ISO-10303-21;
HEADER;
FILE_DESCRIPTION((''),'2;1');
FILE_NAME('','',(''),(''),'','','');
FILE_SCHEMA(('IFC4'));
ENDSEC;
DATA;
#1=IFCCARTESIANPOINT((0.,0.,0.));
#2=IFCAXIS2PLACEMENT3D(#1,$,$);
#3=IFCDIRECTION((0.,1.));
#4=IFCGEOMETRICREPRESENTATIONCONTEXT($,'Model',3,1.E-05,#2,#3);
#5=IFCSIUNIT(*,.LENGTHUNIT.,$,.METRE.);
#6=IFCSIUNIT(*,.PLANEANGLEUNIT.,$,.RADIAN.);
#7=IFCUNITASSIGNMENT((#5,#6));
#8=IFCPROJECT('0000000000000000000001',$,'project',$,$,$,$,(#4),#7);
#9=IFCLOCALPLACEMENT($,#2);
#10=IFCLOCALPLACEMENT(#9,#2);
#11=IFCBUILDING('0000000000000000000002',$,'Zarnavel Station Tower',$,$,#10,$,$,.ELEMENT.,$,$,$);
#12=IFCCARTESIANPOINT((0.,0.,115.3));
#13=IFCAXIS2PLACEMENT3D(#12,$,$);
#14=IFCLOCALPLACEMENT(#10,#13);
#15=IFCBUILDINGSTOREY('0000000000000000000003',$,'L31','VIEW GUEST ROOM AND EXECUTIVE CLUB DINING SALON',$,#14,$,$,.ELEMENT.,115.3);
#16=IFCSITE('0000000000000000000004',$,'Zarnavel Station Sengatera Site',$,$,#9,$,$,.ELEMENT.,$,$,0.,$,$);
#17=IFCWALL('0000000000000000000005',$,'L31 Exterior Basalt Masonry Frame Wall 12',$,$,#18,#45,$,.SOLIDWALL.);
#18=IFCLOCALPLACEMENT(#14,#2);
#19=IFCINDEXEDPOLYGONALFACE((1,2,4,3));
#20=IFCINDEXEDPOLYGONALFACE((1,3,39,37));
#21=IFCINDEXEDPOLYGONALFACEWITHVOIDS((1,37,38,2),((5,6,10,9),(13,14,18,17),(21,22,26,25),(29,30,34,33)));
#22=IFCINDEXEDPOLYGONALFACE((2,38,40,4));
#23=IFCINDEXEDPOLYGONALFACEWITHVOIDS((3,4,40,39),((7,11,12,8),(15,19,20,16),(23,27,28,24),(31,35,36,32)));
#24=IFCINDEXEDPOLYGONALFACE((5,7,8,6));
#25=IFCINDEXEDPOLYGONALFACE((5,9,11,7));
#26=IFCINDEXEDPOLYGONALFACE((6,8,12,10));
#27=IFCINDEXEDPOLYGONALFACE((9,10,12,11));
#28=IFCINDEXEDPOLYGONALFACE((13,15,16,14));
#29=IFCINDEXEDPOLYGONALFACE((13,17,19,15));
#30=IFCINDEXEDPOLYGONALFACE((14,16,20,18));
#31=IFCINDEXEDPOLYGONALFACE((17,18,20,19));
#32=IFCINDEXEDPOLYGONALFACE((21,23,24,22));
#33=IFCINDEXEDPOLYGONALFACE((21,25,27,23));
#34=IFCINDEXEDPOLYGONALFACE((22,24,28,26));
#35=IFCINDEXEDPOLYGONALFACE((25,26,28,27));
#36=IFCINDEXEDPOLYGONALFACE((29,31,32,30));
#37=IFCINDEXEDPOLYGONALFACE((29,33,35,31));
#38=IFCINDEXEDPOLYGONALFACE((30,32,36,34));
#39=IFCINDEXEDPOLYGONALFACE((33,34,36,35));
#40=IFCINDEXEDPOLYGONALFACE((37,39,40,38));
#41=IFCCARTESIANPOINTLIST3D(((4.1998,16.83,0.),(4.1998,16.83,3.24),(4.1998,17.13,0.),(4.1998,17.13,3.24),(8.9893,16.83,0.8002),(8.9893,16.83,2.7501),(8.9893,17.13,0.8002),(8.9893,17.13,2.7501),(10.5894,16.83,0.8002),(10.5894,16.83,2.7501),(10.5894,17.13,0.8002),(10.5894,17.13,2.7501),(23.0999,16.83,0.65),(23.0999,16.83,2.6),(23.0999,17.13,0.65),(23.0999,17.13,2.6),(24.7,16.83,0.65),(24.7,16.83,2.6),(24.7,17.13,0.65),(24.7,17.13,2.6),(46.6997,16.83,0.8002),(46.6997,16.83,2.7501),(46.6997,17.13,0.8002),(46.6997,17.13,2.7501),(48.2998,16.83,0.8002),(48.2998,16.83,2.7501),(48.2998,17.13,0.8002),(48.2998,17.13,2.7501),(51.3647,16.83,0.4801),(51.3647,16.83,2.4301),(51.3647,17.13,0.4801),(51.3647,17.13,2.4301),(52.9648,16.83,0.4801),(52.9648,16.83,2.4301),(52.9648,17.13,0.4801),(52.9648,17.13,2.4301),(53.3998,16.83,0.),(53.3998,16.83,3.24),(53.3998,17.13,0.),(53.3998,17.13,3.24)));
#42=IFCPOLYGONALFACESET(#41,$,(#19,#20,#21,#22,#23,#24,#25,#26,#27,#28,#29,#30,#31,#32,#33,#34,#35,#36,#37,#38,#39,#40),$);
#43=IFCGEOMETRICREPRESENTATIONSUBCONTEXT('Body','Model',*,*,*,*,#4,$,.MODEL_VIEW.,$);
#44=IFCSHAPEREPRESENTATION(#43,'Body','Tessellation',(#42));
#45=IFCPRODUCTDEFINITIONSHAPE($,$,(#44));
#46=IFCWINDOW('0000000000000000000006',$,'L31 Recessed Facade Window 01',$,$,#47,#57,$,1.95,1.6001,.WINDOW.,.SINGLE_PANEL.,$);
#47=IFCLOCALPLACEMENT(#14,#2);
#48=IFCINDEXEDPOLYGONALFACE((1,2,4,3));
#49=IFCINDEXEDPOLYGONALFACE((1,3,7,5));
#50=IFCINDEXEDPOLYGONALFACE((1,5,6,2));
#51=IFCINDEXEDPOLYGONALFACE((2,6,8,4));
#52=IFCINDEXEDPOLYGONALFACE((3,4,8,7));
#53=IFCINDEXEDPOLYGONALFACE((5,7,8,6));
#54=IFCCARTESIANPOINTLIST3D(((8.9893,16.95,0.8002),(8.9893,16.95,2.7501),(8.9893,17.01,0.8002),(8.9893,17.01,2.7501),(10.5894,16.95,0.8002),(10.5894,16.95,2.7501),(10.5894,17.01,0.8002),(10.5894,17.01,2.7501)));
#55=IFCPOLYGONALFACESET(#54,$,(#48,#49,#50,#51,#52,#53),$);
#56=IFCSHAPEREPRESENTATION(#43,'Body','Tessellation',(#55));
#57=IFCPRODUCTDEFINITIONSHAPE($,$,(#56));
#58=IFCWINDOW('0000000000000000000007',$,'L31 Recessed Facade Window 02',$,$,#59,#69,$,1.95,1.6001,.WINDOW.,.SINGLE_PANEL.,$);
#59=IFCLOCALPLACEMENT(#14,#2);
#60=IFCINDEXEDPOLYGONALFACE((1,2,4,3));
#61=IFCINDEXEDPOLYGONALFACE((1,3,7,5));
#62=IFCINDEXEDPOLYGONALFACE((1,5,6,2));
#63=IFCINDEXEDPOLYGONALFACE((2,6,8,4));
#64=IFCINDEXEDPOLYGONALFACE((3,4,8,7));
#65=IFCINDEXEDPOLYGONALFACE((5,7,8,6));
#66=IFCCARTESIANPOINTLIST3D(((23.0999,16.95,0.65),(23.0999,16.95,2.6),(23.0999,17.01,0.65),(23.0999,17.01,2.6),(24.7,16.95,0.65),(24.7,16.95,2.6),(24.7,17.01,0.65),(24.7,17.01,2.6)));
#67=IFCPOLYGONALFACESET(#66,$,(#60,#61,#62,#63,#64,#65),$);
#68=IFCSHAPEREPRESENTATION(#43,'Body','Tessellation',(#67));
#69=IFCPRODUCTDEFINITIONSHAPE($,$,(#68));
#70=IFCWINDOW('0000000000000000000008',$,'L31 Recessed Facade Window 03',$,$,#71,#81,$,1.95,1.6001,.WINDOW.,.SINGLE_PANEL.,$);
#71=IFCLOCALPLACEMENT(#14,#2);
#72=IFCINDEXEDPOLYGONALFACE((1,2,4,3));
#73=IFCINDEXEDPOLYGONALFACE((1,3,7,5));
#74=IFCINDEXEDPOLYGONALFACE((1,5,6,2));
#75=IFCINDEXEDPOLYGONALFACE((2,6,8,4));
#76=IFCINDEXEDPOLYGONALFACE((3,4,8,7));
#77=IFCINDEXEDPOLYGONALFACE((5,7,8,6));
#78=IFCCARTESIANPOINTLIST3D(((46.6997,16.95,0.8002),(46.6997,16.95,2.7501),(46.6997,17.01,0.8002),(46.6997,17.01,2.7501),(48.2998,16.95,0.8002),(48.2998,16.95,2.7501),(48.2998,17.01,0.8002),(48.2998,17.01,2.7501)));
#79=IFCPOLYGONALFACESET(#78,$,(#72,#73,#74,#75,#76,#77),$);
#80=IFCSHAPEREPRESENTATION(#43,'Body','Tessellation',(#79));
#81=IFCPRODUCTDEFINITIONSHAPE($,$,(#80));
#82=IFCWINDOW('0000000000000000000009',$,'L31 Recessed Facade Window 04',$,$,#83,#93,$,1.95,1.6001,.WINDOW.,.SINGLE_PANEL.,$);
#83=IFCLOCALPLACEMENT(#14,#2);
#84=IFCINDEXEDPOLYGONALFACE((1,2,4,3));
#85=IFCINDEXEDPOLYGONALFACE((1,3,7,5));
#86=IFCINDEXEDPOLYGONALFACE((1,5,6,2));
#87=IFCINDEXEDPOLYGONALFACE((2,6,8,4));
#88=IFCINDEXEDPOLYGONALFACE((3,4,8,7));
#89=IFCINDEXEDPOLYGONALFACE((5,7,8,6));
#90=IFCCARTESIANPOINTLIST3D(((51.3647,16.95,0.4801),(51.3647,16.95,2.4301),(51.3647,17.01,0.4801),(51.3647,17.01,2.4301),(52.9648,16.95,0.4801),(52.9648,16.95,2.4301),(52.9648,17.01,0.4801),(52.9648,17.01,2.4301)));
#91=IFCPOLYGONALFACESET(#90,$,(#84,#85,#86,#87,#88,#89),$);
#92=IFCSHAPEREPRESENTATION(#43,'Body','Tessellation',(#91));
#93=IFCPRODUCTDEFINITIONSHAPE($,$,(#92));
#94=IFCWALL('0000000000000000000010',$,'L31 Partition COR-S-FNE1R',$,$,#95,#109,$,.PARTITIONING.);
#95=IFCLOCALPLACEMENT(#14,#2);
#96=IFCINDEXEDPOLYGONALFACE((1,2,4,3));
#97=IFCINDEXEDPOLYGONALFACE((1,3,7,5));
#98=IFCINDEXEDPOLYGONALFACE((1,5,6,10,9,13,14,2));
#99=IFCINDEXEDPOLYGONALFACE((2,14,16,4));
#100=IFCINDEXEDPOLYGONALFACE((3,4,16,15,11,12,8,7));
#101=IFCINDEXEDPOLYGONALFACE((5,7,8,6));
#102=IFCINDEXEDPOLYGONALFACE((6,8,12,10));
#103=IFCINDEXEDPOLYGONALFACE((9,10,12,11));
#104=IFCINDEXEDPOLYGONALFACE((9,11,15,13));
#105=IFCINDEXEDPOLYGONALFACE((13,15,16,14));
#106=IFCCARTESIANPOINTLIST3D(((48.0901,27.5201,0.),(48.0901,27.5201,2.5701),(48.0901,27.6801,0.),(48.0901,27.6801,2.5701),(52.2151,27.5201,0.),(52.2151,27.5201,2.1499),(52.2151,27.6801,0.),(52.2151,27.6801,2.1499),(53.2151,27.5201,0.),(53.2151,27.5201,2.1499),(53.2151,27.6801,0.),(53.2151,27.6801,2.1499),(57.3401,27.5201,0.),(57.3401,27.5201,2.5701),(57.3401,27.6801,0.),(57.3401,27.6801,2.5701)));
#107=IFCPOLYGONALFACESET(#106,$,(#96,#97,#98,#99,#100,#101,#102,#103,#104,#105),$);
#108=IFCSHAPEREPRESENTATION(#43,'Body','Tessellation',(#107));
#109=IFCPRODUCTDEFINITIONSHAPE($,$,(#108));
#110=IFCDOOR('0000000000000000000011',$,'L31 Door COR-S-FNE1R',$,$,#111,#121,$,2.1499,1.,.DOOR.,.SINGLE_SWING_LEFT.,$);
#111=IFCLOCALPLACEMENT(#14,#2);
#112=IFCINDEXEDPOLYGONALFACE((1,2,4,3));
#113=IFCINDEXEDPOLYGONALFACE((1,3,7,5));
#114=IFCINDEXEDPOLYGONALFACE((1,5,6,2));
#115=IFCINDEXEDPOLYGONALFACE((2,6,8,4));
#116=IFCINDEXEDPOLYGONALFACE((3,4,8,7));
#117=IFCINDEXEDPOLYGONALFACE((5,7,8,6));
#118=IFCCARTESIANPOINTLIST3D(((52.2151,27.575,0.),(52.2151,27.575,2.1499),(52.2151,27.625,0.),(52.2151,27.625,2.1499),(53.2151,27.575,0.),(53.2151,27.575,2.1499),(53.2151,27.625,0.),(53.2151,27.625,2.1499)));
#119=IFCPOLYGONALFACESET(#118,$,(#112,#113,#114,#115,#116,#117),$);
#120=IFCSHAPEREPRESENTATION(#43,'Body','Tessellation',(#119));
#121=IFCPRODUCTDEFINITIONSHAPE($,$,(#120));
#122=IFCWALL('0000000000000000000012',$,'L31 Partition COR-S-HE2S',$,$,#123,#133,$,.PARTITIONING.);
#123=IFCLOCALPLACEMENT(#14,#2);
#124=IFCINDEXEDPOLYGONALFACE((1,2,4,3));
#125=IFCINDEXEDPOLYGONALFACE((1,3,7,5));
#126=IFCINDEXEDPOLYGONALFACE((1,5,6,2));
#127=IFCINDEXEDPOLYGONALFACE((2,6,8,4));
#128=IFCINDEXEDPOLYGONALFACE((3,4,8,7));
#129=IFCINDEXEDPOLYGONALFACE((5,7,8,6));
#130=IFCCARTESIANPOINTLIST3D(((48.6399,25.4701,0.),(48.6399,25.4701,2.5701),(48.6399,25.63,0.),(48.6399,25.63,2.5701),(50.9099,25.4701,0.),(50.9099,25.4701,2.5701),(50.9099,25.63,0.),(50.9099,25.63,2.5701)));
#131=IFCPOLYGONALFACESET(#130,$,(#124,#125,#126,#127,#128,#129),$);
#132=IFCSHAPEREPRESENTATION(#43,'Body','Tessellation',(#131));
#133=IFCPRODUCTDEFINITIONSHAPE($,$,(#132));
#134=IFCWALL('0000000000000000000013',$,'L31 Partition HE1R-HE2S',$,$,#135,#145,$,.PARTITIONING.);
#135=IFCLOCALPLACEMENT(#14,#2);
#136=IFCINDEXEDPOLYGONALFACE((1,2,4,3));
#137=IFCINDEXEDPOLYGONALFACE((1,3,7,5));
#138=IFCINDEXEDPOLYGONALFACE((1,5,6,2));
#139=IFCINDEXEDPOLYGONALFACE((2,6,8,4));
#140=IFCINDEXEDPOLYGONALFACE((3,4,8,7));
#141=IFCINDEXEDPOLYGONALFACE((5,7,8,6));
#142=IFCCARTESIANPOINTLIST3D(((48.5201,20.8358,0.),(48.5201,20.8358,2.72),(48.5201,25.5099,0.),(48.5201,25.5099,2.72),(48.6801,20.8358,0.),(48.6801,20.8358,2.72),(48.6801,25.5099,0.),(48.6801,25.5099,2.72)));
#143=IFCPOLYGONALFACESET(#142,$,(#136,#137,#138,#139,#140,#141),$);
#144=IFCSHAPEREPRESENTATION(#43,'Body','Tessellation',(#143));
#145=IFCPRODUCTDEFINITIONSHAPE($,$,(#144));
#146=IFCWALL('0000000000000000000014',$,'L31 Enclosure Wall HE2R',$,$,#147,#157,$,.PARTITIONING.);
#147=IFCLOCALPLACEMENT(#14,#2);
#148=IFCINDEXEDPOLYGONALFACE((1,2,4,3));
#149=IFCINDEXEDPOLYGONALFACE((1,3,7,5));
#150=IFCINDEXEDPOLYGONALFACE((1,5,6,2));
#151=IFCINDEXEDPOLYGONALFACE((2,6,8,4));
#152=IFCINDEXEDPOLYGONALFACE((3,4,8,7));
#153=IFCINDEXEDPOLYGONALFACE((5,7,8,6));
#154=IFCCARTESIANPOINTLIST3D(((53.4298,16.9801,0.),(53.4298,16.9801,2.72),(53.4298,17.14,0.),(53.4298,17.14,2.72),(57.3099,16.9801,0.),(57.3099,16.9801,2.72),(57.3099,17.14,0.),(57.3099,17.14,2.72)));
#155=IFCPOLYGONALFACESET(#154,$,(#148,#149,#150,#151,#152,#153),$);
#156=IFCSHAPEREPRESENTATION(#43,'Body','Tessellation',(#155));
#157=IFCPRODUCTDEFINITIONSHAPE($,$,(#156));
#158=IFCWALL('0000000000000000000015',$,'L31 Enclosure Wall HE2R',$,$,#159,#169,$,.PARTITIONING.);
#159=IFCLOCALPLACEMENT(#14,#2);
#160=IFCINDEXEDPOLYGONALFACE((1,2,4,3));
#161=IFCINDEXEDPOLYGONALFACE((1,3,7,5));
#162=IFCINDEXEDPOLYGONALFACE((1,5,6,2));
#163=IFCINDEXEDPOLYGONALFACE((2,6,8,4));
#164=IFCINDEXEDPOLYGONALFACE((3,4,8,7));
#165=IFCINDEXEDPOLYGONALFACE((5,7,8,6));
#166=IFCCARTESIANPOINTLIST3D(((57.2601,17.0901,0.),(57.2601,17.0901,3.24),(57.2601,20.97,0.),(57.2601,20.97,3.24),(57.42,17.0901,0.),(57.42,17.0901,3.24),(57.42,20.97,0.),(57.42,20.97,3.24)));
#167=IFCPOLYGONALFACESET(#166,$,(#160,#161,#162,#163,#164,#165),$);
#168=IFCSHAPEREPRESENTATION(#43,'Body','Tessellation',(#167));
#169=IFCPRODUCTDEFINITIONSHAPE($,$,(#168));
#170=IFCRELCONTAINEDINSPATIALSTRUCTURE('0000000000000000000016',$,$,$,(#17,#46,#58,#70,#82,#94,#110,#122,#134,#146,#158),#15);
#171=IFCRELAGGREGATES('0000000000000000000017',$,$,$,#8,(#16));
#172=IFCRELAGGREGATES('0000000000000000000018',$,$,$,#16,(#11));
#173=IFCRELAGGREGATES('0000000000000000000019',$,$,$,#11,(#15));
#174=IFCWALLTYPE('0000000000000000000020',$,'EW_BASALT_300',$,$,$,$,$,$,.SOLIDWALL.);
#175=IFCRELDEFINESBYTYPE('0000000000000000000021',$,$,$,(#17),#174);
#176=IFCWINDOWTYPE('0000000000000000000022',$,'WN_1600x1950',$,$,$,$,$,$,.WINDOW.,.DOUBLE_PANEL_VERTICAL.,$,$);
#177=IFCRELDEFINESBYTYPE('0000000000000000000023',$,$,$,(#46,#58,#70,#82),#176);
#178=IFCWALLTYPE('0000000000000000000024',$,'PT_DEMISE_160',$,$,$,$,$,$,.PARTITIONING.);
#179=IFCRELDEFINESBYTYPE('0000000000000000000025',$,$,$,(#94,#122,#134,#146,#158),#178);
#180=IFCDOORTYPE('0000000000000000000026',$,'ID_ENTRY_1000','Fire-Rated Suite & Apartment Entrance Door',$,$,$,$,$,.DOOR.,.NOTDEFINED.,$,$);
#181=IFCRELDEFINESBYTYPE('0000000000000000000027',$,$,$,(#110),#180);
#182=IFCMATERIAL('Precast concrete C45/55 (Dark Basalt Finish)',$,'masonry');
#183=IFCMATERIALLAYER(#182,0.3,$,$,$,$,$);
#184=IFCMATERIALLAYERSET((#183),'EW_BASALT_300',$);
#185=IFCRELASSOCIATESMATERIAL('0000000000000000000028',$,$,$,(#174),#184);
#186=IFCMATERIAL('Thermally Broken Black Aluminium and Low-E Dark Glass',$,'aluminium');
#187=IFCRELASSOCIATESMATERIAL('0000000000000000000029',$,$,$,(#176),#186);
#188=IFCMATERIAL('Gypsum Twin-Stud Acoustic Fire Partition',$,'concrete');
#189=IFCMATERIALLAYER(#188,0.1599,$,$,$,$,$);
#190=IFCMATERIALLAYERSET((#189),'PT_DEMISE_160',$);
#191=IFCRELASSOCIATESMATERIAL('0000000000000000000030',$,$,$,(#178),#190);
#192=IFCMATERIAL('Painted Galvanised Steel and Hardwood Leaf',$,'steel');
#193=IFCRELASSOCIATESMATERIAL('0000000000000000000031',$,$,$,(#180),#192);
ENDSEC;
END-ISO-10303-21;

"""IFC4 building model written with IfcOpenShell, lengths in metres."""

from ifc_helpers import new_model, si_unit, direction, frame, frame_2d, origin, place, context, subcontext, project, spatial, rectangle, extrude, material, layer, layer_set, type_object, element, fill, save


model = new_model("IFC4")

# Units and contexts
model_context = context("Model", 3, precision=1e-05, world=origin(), true_north=direction((0.0, 1.0)))
body_context = subcontext(model_context, "Body", "Model", "MODEL_VIEW")
ifc_project = project(units=[si_unit("LENGTHUNIT", "METRE"), si_unit("PLANEANGLEUNIT", "RADIAN")], contexts=[model_context])

# Site, building, storey
site_placement = place(None, origin())
site = spatial("IfcSite", under=ifc_project, at=site_placement, Name="Zarnavel Station Sengatera Site", CompositionType="ELEMENT", RefElevation=0.0)
building_placement = place(site_placement, origin())
building = spatial("IfcBuilding", under=site, at=building_placement, Name="Zarnavel Station Tower", CompositionType="ELEMENT")
storey_placement = place(building_placement, frame((0.0, 0.0, 115.3)))
storey = spatial("IfcBuildingStorey", under=building, at=storey_placement, Name="L31", Description="VIEW GUEST ROOM AND EXECUTIVE CLUB DINING SALON", CompositionType="ELEMENT", Elevation=115.3)

# Shared definitions
ifc_material_1 = material(Name="Precast concrete C45/55 (Dark Basalt Finish)", Category="masonry")
ifc_layer_1 = layer(ifc_material_1, 0.3)
ifc_layer_set_1 = layer_set([ifc_layer_1], Name="EW_BASALT_300")
wall_type_1 = type_object("IfcWallType", Name="EW_BASALT_300", PredefinedType="SOLIDWALL", material=ifc_layer_set_1)

# Wall, openings, windows
wall_1_placement = place(storey_placement, frame((53.3999, 16.98, 0.0), z_axis=(0.0, 0.0, 1.0), x_axis=(-1.0, 0.0, 0.0)))
wall_1 = element("IfcWall", 1, at=wall_1_placement, inside=storey, type_object=wall_type_1, Name="L31 Exterior Basalt Masonry Frame Wall 12", PredefinedType="SOLIDWALL", context=body_context, shape_type="SweptSolid", body=[
    extrude(rectangle(XDim=49.2, YDim=0.3, at=frame_2d((24.6001, 0.0))), origin(), (0.0, 0.0, 1.0), 3.24),
])
opening_1_placement = place(wall_1_placement, frame((42.8105, 0.0, 0.8)))
opening_1 = element("IfcOpeningElement", 2, at=opening_1_placement, cuts=wall_1, PredefinedType="OPENING", context=body_context, shape_type="SweptSolid", body=[
    extrude(rectangle(XDim=1.6001, YDim=1.95, at=frame_2d((0.8, 0.9751))), frame((0.0, 0.1599, 0.0), z_axis=(0.0, -1.0, 0.0), x_axis=(1.0, 0.0, 0.0)), (0.0, 0.0, 1.0), 0.3201),
])
opening_2_placement = place(wall_1_placement, frame((28.7, 0.0, 0.6499)))
opening_2 = element("IfcOpeningElement", 3, at=opening_2_placement, cuts=wall_1, PredefinedType="OPENING", context=body_context, shape_type="SweptSolid", body=[
    extrude(rectangle(XDim=1.6001, YDim=1.95, at=frame_2d((0.8, 0.9751))), frame((0.0, 0.1599, 0.0), z_axis=(0.0, -1.0, 0.0), x_axis=(1.0, 0.0, 0.0)), (0.0, 0.0, 1.0), 0.3201),
])
opening_3_placement = place(wall_1_placement, frame((5.1001, 0.0, 0.8)))
opening_3 = element("IfcOpeningElement", 4, at=opening_3_placement, cuts=wall_1, PredefinedType="OPENING", context=body_context, shape_type="SweptSolid", body=[
    extrude(rectangle(XDim=1.6001, YDim=1.95, at=frame_2d((0.8, 0.9751))), frame((0.0, 0.1599, 0.0), z_axis=(0.0, -1.0, 0.0), x_axis=(1.0, 0.0, 0.0)), (0.0, 0.0, 1.0), 0.3201),
])
opening_4_placement = place(wall_1_placement, frame((0.4351, 0.0, 0.48)))
opening_4 = element("IfcOpeningElement", 5, at=opening_4_placement, cuts=wall_1, PredefinedType="OPENING", context=body_context, shape_type="SweptSolid", body=[
    extrude(rectangle(XDim=1.6001, YDim=1.95, at=frame_2d((0.8, 0.9751))), frame((0.0, 0.1599, 0.0), z_axis=(0.0, -1.0, 0.0), x_axis=(1.0, 0.0, 0.0)), (0.0, 0.0, 1.0), 0.3201),
])
ifc_material_2 = material(Name="Thermally Broken Black Aluminium and Low-E Dark Glass", Category="aluminium")
window_type = type_object("IfcWindowType", Name="WN_1600x1950", PartitioningType="DOUBLE_PANEL_VERTICAL", PredefinedType="WINDOW", material=ifc_material_2)
window_1_placement = place(opening_1_placement, origin())
window_1 = element("IfcWindow", 6, at=window_1_placement, inside=storey, type_object=window_type, Name="L31 Recessed Facade Window 01", OverallHeight=1.95, OverallWidth=1.6001, PartitioningType="SINGLE_PANEL", PredefinedType="WINDOW", context=body_context, shape_type="SweptSolid", body=[
    extrude(rectangle(XDim=1.6001, YDim=1.95, at=frame_2d((0.8, 0.9751))), frame((0.0, 0.03, 0.0), z_axis=(0.0, -1.0, 0.0), x_axis=(1.0, 0.0, 0.0)), (0.0, 0.0, 1.0), 0.0601),
])
fill(opening_1, window_1)
window_2_placement = place(opening_2_placement, origin())
window_2 = element("IfcWindow", 7, at=window_2_placement, inside=storey, type_object=window_type, Name="L31 Recessed Facade Window 02", OverallHeight=1.95, OverallWidth=1.6001, PartitioningType="SINGLE_PANEL", PredefinedType="WINDOW", context=body_context, shape_type="SweptSolid", body=[
    extrude(rectangle(XDim=1.6001, YDim=1.95, at=frame_2d((0.8, 0.9751))), frame((0.0, 0.03, 0.0), z_axis=(0.0, -1.0, 0.0), x_axis=(1.0, 0.0, 0.0)), (0.0, 0.0, 1.0), 0.0601),
])
fill(opening_2, window_2)
window_3_placement = place(opening_3_placement, origin())
window_3 = element("IfcWindow", 8, at=window_3_placement, inside=storey, type_object=window_type, Name="L31 Recessed Facade Window 03", OverallHeight=1.95, OverallWidth=1.6001, PartitioningType="SINGLE_PANEL", PredefinedType="WINDOW", context=body_context, shape_type="SweptSolid", body=[
    extrude(rectangle(XDim=1.6001, YDim=1.95, at=frame_2d((0.8, 0.9751))), frame((0.0, 0.03, 0.0), z_axis=(0.0, -1.0, 0.0), x_axis=(1.0, 0.0, 0.0)), (0.0, 0.0, 1.0), 0.0601),
])
fill(opening_3, window_3)
window_4_placement = place(opening_4_placement, origin())
window_4 = element("IfcWindow", 9, at=window_4_placement, inside=storey, type_object=window_type, Name="L31 Recessed Facade Window 04", OverallHeight=1.95, OverallWidth=1.6001, PartitioningType="SINGLE_PANEL", PredefinedType="WINDOW", context=body_context, shape_type="SweptSolid", body=[
    extrude(rectangle(XDim=1.6001, YDim=1.95, at=frame_2d((0.8, 0.9751))), frame((0.0, 0.03, 0.0), z_axis=(0.0, -1.0, 0.0), x_axis=(1.0, 0.0, 0.0)), (0.0, 0.0, 1.0), 0.0601),
])
fill(opening_4, window_4)

# Wall, opening, door
ifc_material_3 = material(Name="Gypsum Twin-Stud Acoustic Fire Partition", Category="concrete")
ifc_layer_2 = layer(ifc_material_3, 0.1599)
ifc_layer_set_2 = layer_set([ifc_layer_2], Name="PT_DEMISE_160")
wall_type_2 = type_object("IfcWallType", Name="PT_DEMISE_160", PredefinedType="PARTITIONING", material=ifc_layer_set_2)
wall_2_placement = place(storey_placement, frame((48.0901, 27.6001, 0.0), z_axis=(0.0, 0.0, 1.0), x_axis=(1.0, 0.0, 0.0)))
wall_2 = element("IfcWall", 10, at=wall_2_placement, inside=storey, type_object=wall_type_2, Name="L31 Partition COR-S-FNE1R", PredefinedType="PARTITIONING", context=body_context, shape_type="SweptSolid", body=[
    extrude(rectangle(XDim=9.25, YDim=0.1599, at=frame_2d((4.625, 0.0))), origin(), (0.0, 0.0, 1.0), 2.5701),
])
opening_5_placement = place(wall_2_placement, frame((4.125, 0.0, 0.0)))
opening_5 = element("IfcOpeningElement", 11, at=opening_5_placement, cuts=wall_2, PredefinedType="OPENING", context=body_context, shape_type="SweptSolid", body=[
    extrude(rectangle(XDim=1.0, YDim=2.1499, at=frame_2d((0.5, 1.075))), frame((0.0, 0.0898, 0.0), z_axis=(0.0, -1.0, 0.0), x_axis=(1.0, 0.0, 0.0)), (0.0, 0.0, 1.0), 0.1799),
])
ifc_material_4 = material(Name="Painted Galvanised Steel and Hardwood Leaf", Category="steel")
door_type_1 = type_object("IfcDoorType", Name="ID_ENTRY_1000", Description="Fire-Rated Suite & Apartment Entrance Door", OperationType="NOTDEFINED", PredefinedType="DOOR", material=ifc_material_4)
door_1_placement = place(opening_5_placement, origin())
door_1 = element("IfcDoor", 12, at=door_1_placement, inside=storey, type_object=door_type_1, Name="L31 Door COR-S-FNE1R", OperationType="SINGLE_SWING_LEFT", OverallHeight=2.1499, OverallWidth=1.0, PredefinedType="DOOR", context=body_context, shape_type="SweptSolid", body=[
    extrude(rectangle(XDim=1.0, YDim=2.1499, at=frame_2d((0.5, 1.075))), frame((0.0, 0.0249, 0.0), z_axis=(0.0, -1.0, 0.0), x_axis=(1.0, 0.0, 0.0)), (0.0, 0.0, 1.0), 0.05),
])
fill(opening_5, door_1)

# Wall
wall_3_placement = place(storey_placement, frame((48.6399, 25.55, 0.0), z_axis=(0.0, 0.0, 1.0), x_axis=(1.0, 0.0, 0.0)))
element("IfcWall", 13, at=wall_3_placement, inside=storey, type_object=wall_type_2, Name="L31 Partition COR-S-HE2S", PredefinedType="PARTITIONING", context=body_context, shape_type="SweptSolid", body=[
    extrude(rectangle(XDim=2.27, YDim=0.1599, at=frame_2d((1.135, 0.0))), origin(), (0.0, 0.0, 1.0), 2.5701),
])

# Walls
wall_4_placement = place(storey_placement, frame((48.6001, 20.8359, 0.0), z_axis=(0.0, 0.0, 1.0), x_axis=(0.0, 1.0, 0.0)))
element("IfcWall", 14, at=wall_4_placement, inside=storey, type_object=wall_type_2, Name="L31 Partition HE1R-HE2S", PredefinedType="PARTITIONING", context=body_context, shape_type="SweptSolid", body=[
    extrude(rectangle(XDim=4.6741, YDim=0.1599, at=frame_2d((2.3369, 0.0))), origin(), (0.0, 0.0, 1.0), 2.72),
])
wall_5_placement = place(storey_placement, frame((53.4299, 17.0601, 0.0), z_axis=(0.0, 0.0, 1.0), x_axis=(1.0, 0.0, 0.0)))
element("IfcWall", 15, at=wall_5_placement, inside=storey, type_object=wall_type_2, Name="L31 Enclosure Wall HE2R", PredefinedType="PARTITIONING", context=body_context, shape_type="SweptSolid", body=[
    extrude(rectangle(XDim=3.8801, YDim=0.1599, at=frame_2d((1.9399, 0.0))), origin(), (0.0, 0.0, 1.0), 2.72),
])
wall_6_placement = place(storey_placement, frame((57.3401, 17.0901, 0.0), z_axis=(0.0, 0.0, 1.0), x_axis=(0.0, 1.0, 0.0)))
element("IfcWall", 16, at=wall_6_placement, inside=storey, type_object=wall_type_2, Name="L31 Enclosure Wall HE2R", PredefinedType="PARTITIONING", context=body_context, shape_type="SweptSolid", body=[
    extrude(rectangle(XDim=3.8799, YDim=0.1599, at=frame_2d((1.9399, 0.0))), origin(), (0.0, 0.0, 1.0), 3.24),
])

save(model, "model.ifc")
